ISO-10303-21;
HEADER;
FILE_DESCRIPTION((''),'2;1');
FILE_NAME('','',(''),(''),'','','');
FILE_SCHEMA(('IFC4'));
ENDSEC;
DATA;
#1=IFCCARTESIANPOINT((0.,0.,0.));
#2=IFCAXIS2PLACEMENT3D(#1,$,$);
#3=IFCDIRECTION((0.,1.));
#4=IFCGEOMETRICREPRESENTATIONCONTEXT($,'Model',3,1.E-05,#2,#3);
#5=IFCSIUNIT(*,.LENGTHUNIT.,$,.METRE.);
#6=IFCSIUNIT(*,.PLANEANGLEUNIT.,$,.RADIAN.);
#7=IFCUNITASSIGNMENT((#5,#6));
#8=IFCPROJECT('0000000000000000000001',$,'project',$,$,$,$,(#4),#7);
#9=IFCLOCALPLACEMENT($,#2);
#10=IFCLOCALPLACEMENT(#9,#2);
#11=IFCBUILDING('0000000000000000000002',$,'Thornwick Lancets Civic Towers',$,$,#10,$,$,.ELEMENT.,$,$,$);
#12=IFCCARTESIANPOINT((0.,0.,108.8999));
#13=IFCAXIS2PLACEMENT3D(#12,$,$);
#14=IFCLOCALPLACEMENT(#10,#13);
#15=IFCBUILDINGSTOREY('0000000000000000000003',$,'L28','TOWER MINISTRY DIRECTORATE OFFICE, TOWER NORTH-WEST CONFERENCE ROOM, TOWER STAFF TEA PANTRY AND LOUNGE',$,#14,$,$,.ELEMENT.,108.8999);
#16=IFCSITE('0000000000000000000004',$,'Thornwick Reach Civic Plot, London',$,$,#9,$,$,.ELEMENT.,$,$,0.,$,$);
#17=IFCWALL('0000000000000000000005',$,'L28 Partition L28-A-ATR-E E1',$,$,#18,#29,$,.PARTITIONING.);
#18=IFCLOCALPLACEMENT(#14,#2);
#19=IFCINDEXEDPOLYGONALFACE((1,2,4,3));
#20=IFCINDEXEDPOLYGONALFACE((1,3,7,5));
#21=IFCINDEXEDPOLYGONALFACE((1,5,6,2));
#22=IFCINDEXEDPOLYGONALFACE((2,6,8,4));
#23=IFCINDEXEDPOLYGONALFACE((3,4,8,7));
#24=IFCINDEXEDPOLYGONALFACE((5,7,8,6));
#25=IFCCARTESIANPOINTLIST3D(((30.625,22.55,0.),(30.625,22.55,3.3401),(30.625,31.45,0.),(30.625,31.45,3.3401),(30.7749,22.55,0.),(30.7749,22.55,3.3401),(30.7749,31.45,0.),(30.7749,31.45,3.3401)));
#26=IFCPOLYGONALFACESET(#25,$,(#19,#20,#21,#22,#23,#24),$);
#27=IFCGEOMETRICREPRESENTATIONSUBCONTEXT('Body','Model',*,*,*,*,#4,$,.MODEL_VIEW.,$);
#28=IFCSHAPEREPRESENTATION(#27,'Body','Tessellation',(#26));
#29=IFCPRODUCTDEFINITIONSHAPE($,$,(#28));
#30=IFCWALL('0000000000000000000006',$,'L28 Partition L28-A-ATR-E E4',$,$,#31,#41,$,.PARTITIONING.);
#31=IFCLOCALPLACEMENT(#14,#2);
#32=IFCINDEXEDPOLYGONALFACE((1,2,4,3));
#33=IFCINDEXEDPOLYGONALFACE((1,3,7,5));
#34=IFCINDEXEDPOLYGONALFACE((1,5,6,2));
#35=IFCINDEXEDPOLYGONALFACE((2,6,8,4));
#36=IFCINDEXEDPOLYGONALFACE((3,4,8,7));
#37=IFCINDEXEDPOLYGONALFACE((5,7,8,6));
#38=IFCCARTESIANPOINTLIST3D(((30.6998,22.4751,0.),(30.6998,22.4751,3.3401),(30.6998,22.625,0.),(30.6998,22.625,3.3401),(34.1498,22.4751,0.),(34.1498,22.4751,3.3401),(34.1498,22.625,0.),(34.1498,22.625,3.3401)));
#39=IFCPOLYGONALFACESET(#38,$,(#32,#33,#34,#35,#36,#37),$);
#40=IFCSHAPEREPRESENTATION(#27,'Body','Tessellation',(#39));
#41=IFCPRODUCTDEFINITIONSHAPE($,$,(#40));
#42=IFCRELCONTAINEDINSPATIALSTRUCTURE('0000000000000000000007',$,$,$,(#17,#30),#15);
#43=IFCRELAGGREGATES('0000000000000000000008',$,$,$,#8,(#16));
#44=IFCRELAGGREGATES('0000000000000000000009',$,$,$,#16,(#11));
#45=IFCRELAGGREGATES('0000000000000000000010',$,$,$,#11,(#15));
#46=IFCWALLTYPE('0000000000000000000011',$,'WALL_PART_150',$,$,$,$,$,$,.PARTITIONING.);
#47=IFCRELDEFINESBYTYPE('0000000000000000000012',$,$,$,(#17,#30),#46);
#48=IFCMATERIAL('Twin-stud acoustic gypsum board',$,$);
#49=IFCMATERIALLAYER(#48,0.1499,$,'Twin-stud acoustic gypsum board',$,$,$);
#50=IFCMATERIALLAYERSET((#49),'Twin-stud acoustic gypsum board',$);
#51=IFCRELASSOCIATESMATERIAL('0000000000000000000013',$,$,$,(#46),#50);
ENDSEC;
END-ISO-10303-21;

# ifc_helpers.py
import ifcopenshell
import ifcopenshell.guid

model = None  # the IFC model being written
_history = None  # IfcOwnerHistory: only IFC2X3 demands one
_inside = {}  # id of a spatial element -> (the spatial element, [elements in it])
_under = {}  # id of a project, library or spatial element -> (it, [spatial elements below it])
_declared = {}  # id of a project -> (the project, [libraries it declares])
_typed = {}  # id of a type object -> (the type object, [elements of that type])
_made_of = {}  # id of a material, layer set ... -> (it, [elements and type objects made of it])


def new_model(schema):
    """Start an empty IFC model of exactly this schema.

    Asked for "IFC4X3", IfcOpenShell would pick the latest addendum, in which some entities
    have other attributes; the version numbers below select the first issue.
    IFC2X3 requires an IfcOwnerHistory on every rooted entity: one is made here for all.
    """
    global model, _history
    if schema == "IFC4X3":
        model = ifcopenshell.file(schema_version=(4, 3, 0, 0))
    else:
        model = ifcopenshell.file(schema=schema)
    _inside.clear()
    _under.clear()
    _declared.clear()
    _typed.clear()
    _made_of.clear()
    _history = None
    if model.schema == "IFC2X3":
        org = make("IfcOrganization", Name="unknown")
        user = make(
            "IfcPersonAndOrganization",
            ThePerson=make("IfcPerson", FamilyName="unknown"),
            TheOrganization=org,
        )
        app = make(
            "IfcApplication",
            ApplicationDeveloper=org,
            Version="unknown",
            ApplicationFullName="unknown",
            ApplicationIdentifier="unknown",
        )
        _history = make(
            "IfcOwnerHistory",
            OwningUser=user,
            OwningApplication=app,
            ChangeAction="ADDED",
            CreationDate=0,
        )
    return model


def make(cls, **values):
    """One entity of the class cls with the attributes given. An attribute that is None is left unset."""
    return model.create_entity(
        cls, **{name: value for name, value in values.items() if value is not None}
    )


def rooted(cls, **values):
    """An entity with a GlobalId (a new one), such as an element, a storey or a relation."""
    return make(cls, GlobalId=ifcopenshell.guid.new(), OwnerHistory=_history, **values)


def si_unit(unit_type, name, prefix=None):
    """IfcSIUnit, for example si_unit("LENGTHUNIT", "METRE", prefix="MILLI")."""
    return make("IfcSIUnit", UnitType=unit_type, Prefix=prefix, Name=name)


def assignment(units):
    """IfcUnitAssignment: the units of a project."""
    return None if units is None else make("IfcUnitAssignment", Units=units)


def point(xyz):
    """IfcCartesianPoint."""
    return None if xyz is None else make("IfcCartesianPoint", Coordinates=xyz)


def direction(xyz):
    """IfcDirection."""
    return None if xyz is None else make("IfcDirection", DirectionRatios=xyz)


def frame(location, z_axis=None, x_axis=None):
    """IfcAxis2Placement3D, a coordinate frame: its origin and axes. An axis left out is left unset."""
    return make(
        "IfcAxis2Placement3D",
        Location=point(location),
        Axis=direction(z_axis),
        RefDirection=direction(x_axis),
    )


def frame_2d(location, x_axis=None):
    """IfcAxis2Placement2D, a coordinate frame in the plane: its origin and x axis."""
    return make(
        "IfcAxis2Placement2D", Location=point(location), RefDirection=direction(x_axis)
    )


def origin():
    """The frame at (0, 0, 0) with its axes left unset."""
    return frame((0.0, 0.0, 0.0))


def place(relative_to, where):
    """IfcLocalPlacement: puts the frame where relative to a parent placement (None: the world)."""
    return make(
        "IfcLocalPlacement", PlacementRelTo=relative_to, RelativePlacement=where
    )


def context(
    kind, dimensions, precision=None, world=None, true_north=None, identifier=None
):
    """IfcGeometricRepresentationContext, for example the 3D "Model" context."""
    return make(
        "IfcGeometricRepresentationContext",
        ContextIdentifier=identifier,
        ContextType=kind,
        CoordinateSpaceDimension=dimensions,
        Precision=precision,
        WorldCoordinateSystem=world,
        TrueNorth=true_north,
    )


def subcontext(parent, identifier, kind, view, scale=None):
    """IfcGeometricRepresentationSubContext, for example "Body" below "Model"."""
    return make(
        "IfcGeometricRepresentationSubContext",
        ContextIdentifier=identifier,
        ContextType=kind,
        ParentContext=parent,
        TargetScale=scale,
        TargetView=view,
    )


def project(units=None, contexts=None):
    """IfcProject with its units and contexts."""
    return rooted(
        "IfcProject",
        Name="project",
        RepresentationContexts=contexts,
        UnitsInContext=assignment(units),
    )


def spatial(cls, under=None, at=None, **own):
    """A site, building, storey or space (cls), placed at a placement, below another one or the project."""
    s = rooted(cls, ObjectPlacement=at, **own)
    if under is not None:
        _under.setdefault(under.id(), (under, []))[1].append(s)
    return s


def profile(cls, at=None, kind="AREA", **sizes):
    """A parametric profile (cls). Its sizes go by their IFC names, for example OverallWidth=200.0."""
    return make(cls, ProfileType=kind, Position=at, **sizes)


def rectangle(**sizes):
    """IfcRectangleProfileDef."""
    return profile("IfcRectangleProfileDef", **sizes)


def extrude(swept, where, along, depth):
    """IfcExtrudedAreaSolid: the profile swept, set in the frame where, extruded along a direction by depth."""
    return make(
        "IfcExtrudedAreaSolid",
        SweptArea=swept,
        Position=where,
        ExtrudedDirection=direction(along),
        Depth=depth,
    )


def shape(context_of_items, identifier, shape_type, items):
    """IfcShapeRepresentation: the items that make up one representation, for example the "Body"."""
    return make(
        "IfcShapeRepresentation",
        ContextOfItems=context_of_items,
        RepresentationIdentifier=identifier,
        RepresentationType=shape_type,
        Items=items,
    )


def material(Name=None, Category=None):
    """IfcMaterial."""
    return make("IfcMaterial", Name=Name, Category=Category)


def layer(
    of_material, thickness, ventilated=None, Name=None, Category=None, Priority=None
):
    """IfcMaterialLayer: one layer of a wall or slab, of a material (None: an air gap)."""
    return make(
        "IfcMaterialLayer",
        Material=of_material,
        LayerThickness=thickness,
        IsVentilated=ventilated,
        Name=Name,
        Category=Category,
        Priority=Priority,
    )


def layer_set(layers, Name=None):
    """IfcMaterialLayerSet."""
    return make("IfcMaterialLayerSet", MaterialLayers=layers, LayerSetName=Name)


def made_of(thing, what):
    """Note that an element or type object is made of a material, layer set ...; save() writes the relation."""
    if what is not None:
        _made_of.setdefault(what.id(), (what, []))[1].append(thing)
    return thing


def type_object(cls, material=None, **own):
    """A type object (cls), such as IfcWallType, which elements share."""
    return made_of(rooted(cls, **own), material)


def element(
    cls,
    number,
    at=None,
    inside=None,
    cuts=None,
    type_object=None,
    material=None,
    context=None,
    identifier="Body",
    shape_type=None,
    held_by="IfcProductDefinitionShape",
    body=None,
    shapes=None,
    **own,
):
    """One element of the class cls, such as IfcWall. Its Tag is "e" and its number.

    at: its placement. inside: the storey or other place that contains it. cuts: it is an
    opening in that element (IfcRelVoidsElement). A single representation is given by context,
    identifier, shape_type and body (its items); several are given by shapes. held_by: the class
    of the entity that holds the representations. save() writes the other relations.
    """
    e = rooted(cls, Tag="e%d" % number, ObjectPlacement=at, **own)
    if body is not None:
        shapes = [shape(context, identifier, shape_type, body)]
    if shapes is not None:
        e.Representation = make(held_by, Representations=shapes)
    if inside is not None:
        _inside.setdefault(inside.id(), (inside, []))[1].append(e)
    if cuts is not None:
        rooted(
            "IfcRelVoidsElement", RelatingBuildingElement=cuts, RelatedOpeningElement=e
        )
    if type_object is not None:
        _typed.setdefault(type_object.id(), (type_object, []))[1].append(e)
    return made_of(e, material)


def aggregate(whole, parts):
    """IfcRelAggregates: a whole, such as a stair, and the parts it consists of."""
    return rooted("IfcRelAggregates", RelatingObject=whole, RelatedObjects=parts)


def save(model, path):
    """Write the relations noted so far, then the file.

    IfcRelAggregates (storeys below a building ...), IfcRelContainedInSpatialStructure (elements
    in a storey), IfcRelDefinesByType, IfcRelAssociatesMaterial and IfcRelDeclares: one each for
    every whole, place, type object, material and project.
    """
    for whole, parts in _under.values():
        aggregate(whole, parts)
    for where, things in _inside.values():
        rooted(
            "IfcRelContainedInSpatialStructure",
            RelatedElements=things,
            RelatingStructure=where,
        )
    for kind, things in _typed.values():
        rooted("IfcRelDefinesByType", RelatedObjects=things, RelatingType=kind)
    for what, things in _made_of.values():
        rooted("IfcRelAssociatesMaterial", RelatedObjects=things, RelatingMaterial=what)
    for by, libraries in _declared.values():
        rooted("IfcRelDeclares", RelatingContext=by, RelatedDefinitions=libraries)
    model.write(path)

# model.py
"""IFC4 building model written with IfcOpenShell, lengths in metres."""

from ifc_helpers import new_model, si_unit, direction, frame, frame_2d, origin, place, context, subcontext, project, spatial, rectangle, extrude, material, layer, layer_set, type_object, element, save


model = new_model("IFC4")

# Units and contexts
model_context = context("Model", 3, precision=1e-05, world=origin(), true_north=direction((0.0, 1.0)))
body_context = subcontext(model_context, "Body", "Model", "MODEL_VIEW")
ifc_project = project(units=[si_unit("LENGTHUNIT", "METRE"), si_unit("PLANEANGLEUNIT", "RADIAN")], contexts=[model_context])

# Site, building, storey
site_placement = place(None, origin())
site = spatial("IfcSite", under=ifc_project, at=site_placement, Name="Thornwick Reach Civic Plot, London", CompositionType="ELEMENT", RefElevation=0.0)
building_placement = place(site_placement, origin())
building = spatial("IfcBuilding", under=site, at=building_placement, Name="Thornwick Lancets Civic Towers", CompositionType="ELEMENT")
storey_placement = place(building_placement, frame((0.0, 0.0, 108.8999)))
storey = spatial("IfcBuildingStorey", under=building, at=storey_placement, Name="L28", Description="TOWER MINISTRY DIRECTORATE OFFICE, TOWER NORTH-WEST CONFERENCE ROOM, TOWER STAFF TEA PANTRY AND LOUNGE", CompositionType="ELEMENT", Elevation=108.8999)

# Walls
ifc_material_1 = material(Name="Twin-stud acoustic gypsum board")
ifc_layer_1 = layer(ifc_material_1, 0.1499, Name="Twin-stud acoustic gypsum board")
ifc_layer_set_1 = layer_set([ifc_layer_1], Name="Twin-stud acoustic gypsum board")
wall_type_1 = type_object("IfcWallType", Name="WALL_PART_150", PredefinedType="PARTITIONING", material=ifc_layer_set_1)
wall_1_placement = place(storey_placement, frame((30.7, 22.55, 0.0), z_axis=(0.0, 0.0, 1.0), x_axis=(0.0, 1.0, 0.0)))
element("IfcWall", 1, at=wall_1_placement, inside=storey, type_object=wall_type_1, Name="L28 Partition L28-A-ATR-E E1", PredefinedType="PARTITIONING", context=body_context, shape_type="SweptSolid", body=[
    extrude(rectangle(XDim=8.8999, YDim=0.1499, at=frame_2d((4.45, 0.0))), origin(), (0.0, 0.0, 1.0), 3.3401),
])
wall_2_placement = place(storey_placement, frame((34.1499, 22.55, 0.0), z_axis=(0.0, 0.0, 1.0), x_axis=(-1.0, 0.0, 0.0)))
element("IfcWall", 2, at=wall_2_placement, inside=storey, type_object=wall_type_1, Name="L28 Partition L28-A-ATR-E E4", PredefinedType="PARTITIONING", context=body_context, shape_type="SweptSolid", body=[
    extrude(rectangle(XDim=3.45, YDim=0.1499, at=frame_2d((1.7251, 0.0))), origin(), (0.0, 0.0, 1.0), 3.3401),
])

save(model, "model.ifc")
